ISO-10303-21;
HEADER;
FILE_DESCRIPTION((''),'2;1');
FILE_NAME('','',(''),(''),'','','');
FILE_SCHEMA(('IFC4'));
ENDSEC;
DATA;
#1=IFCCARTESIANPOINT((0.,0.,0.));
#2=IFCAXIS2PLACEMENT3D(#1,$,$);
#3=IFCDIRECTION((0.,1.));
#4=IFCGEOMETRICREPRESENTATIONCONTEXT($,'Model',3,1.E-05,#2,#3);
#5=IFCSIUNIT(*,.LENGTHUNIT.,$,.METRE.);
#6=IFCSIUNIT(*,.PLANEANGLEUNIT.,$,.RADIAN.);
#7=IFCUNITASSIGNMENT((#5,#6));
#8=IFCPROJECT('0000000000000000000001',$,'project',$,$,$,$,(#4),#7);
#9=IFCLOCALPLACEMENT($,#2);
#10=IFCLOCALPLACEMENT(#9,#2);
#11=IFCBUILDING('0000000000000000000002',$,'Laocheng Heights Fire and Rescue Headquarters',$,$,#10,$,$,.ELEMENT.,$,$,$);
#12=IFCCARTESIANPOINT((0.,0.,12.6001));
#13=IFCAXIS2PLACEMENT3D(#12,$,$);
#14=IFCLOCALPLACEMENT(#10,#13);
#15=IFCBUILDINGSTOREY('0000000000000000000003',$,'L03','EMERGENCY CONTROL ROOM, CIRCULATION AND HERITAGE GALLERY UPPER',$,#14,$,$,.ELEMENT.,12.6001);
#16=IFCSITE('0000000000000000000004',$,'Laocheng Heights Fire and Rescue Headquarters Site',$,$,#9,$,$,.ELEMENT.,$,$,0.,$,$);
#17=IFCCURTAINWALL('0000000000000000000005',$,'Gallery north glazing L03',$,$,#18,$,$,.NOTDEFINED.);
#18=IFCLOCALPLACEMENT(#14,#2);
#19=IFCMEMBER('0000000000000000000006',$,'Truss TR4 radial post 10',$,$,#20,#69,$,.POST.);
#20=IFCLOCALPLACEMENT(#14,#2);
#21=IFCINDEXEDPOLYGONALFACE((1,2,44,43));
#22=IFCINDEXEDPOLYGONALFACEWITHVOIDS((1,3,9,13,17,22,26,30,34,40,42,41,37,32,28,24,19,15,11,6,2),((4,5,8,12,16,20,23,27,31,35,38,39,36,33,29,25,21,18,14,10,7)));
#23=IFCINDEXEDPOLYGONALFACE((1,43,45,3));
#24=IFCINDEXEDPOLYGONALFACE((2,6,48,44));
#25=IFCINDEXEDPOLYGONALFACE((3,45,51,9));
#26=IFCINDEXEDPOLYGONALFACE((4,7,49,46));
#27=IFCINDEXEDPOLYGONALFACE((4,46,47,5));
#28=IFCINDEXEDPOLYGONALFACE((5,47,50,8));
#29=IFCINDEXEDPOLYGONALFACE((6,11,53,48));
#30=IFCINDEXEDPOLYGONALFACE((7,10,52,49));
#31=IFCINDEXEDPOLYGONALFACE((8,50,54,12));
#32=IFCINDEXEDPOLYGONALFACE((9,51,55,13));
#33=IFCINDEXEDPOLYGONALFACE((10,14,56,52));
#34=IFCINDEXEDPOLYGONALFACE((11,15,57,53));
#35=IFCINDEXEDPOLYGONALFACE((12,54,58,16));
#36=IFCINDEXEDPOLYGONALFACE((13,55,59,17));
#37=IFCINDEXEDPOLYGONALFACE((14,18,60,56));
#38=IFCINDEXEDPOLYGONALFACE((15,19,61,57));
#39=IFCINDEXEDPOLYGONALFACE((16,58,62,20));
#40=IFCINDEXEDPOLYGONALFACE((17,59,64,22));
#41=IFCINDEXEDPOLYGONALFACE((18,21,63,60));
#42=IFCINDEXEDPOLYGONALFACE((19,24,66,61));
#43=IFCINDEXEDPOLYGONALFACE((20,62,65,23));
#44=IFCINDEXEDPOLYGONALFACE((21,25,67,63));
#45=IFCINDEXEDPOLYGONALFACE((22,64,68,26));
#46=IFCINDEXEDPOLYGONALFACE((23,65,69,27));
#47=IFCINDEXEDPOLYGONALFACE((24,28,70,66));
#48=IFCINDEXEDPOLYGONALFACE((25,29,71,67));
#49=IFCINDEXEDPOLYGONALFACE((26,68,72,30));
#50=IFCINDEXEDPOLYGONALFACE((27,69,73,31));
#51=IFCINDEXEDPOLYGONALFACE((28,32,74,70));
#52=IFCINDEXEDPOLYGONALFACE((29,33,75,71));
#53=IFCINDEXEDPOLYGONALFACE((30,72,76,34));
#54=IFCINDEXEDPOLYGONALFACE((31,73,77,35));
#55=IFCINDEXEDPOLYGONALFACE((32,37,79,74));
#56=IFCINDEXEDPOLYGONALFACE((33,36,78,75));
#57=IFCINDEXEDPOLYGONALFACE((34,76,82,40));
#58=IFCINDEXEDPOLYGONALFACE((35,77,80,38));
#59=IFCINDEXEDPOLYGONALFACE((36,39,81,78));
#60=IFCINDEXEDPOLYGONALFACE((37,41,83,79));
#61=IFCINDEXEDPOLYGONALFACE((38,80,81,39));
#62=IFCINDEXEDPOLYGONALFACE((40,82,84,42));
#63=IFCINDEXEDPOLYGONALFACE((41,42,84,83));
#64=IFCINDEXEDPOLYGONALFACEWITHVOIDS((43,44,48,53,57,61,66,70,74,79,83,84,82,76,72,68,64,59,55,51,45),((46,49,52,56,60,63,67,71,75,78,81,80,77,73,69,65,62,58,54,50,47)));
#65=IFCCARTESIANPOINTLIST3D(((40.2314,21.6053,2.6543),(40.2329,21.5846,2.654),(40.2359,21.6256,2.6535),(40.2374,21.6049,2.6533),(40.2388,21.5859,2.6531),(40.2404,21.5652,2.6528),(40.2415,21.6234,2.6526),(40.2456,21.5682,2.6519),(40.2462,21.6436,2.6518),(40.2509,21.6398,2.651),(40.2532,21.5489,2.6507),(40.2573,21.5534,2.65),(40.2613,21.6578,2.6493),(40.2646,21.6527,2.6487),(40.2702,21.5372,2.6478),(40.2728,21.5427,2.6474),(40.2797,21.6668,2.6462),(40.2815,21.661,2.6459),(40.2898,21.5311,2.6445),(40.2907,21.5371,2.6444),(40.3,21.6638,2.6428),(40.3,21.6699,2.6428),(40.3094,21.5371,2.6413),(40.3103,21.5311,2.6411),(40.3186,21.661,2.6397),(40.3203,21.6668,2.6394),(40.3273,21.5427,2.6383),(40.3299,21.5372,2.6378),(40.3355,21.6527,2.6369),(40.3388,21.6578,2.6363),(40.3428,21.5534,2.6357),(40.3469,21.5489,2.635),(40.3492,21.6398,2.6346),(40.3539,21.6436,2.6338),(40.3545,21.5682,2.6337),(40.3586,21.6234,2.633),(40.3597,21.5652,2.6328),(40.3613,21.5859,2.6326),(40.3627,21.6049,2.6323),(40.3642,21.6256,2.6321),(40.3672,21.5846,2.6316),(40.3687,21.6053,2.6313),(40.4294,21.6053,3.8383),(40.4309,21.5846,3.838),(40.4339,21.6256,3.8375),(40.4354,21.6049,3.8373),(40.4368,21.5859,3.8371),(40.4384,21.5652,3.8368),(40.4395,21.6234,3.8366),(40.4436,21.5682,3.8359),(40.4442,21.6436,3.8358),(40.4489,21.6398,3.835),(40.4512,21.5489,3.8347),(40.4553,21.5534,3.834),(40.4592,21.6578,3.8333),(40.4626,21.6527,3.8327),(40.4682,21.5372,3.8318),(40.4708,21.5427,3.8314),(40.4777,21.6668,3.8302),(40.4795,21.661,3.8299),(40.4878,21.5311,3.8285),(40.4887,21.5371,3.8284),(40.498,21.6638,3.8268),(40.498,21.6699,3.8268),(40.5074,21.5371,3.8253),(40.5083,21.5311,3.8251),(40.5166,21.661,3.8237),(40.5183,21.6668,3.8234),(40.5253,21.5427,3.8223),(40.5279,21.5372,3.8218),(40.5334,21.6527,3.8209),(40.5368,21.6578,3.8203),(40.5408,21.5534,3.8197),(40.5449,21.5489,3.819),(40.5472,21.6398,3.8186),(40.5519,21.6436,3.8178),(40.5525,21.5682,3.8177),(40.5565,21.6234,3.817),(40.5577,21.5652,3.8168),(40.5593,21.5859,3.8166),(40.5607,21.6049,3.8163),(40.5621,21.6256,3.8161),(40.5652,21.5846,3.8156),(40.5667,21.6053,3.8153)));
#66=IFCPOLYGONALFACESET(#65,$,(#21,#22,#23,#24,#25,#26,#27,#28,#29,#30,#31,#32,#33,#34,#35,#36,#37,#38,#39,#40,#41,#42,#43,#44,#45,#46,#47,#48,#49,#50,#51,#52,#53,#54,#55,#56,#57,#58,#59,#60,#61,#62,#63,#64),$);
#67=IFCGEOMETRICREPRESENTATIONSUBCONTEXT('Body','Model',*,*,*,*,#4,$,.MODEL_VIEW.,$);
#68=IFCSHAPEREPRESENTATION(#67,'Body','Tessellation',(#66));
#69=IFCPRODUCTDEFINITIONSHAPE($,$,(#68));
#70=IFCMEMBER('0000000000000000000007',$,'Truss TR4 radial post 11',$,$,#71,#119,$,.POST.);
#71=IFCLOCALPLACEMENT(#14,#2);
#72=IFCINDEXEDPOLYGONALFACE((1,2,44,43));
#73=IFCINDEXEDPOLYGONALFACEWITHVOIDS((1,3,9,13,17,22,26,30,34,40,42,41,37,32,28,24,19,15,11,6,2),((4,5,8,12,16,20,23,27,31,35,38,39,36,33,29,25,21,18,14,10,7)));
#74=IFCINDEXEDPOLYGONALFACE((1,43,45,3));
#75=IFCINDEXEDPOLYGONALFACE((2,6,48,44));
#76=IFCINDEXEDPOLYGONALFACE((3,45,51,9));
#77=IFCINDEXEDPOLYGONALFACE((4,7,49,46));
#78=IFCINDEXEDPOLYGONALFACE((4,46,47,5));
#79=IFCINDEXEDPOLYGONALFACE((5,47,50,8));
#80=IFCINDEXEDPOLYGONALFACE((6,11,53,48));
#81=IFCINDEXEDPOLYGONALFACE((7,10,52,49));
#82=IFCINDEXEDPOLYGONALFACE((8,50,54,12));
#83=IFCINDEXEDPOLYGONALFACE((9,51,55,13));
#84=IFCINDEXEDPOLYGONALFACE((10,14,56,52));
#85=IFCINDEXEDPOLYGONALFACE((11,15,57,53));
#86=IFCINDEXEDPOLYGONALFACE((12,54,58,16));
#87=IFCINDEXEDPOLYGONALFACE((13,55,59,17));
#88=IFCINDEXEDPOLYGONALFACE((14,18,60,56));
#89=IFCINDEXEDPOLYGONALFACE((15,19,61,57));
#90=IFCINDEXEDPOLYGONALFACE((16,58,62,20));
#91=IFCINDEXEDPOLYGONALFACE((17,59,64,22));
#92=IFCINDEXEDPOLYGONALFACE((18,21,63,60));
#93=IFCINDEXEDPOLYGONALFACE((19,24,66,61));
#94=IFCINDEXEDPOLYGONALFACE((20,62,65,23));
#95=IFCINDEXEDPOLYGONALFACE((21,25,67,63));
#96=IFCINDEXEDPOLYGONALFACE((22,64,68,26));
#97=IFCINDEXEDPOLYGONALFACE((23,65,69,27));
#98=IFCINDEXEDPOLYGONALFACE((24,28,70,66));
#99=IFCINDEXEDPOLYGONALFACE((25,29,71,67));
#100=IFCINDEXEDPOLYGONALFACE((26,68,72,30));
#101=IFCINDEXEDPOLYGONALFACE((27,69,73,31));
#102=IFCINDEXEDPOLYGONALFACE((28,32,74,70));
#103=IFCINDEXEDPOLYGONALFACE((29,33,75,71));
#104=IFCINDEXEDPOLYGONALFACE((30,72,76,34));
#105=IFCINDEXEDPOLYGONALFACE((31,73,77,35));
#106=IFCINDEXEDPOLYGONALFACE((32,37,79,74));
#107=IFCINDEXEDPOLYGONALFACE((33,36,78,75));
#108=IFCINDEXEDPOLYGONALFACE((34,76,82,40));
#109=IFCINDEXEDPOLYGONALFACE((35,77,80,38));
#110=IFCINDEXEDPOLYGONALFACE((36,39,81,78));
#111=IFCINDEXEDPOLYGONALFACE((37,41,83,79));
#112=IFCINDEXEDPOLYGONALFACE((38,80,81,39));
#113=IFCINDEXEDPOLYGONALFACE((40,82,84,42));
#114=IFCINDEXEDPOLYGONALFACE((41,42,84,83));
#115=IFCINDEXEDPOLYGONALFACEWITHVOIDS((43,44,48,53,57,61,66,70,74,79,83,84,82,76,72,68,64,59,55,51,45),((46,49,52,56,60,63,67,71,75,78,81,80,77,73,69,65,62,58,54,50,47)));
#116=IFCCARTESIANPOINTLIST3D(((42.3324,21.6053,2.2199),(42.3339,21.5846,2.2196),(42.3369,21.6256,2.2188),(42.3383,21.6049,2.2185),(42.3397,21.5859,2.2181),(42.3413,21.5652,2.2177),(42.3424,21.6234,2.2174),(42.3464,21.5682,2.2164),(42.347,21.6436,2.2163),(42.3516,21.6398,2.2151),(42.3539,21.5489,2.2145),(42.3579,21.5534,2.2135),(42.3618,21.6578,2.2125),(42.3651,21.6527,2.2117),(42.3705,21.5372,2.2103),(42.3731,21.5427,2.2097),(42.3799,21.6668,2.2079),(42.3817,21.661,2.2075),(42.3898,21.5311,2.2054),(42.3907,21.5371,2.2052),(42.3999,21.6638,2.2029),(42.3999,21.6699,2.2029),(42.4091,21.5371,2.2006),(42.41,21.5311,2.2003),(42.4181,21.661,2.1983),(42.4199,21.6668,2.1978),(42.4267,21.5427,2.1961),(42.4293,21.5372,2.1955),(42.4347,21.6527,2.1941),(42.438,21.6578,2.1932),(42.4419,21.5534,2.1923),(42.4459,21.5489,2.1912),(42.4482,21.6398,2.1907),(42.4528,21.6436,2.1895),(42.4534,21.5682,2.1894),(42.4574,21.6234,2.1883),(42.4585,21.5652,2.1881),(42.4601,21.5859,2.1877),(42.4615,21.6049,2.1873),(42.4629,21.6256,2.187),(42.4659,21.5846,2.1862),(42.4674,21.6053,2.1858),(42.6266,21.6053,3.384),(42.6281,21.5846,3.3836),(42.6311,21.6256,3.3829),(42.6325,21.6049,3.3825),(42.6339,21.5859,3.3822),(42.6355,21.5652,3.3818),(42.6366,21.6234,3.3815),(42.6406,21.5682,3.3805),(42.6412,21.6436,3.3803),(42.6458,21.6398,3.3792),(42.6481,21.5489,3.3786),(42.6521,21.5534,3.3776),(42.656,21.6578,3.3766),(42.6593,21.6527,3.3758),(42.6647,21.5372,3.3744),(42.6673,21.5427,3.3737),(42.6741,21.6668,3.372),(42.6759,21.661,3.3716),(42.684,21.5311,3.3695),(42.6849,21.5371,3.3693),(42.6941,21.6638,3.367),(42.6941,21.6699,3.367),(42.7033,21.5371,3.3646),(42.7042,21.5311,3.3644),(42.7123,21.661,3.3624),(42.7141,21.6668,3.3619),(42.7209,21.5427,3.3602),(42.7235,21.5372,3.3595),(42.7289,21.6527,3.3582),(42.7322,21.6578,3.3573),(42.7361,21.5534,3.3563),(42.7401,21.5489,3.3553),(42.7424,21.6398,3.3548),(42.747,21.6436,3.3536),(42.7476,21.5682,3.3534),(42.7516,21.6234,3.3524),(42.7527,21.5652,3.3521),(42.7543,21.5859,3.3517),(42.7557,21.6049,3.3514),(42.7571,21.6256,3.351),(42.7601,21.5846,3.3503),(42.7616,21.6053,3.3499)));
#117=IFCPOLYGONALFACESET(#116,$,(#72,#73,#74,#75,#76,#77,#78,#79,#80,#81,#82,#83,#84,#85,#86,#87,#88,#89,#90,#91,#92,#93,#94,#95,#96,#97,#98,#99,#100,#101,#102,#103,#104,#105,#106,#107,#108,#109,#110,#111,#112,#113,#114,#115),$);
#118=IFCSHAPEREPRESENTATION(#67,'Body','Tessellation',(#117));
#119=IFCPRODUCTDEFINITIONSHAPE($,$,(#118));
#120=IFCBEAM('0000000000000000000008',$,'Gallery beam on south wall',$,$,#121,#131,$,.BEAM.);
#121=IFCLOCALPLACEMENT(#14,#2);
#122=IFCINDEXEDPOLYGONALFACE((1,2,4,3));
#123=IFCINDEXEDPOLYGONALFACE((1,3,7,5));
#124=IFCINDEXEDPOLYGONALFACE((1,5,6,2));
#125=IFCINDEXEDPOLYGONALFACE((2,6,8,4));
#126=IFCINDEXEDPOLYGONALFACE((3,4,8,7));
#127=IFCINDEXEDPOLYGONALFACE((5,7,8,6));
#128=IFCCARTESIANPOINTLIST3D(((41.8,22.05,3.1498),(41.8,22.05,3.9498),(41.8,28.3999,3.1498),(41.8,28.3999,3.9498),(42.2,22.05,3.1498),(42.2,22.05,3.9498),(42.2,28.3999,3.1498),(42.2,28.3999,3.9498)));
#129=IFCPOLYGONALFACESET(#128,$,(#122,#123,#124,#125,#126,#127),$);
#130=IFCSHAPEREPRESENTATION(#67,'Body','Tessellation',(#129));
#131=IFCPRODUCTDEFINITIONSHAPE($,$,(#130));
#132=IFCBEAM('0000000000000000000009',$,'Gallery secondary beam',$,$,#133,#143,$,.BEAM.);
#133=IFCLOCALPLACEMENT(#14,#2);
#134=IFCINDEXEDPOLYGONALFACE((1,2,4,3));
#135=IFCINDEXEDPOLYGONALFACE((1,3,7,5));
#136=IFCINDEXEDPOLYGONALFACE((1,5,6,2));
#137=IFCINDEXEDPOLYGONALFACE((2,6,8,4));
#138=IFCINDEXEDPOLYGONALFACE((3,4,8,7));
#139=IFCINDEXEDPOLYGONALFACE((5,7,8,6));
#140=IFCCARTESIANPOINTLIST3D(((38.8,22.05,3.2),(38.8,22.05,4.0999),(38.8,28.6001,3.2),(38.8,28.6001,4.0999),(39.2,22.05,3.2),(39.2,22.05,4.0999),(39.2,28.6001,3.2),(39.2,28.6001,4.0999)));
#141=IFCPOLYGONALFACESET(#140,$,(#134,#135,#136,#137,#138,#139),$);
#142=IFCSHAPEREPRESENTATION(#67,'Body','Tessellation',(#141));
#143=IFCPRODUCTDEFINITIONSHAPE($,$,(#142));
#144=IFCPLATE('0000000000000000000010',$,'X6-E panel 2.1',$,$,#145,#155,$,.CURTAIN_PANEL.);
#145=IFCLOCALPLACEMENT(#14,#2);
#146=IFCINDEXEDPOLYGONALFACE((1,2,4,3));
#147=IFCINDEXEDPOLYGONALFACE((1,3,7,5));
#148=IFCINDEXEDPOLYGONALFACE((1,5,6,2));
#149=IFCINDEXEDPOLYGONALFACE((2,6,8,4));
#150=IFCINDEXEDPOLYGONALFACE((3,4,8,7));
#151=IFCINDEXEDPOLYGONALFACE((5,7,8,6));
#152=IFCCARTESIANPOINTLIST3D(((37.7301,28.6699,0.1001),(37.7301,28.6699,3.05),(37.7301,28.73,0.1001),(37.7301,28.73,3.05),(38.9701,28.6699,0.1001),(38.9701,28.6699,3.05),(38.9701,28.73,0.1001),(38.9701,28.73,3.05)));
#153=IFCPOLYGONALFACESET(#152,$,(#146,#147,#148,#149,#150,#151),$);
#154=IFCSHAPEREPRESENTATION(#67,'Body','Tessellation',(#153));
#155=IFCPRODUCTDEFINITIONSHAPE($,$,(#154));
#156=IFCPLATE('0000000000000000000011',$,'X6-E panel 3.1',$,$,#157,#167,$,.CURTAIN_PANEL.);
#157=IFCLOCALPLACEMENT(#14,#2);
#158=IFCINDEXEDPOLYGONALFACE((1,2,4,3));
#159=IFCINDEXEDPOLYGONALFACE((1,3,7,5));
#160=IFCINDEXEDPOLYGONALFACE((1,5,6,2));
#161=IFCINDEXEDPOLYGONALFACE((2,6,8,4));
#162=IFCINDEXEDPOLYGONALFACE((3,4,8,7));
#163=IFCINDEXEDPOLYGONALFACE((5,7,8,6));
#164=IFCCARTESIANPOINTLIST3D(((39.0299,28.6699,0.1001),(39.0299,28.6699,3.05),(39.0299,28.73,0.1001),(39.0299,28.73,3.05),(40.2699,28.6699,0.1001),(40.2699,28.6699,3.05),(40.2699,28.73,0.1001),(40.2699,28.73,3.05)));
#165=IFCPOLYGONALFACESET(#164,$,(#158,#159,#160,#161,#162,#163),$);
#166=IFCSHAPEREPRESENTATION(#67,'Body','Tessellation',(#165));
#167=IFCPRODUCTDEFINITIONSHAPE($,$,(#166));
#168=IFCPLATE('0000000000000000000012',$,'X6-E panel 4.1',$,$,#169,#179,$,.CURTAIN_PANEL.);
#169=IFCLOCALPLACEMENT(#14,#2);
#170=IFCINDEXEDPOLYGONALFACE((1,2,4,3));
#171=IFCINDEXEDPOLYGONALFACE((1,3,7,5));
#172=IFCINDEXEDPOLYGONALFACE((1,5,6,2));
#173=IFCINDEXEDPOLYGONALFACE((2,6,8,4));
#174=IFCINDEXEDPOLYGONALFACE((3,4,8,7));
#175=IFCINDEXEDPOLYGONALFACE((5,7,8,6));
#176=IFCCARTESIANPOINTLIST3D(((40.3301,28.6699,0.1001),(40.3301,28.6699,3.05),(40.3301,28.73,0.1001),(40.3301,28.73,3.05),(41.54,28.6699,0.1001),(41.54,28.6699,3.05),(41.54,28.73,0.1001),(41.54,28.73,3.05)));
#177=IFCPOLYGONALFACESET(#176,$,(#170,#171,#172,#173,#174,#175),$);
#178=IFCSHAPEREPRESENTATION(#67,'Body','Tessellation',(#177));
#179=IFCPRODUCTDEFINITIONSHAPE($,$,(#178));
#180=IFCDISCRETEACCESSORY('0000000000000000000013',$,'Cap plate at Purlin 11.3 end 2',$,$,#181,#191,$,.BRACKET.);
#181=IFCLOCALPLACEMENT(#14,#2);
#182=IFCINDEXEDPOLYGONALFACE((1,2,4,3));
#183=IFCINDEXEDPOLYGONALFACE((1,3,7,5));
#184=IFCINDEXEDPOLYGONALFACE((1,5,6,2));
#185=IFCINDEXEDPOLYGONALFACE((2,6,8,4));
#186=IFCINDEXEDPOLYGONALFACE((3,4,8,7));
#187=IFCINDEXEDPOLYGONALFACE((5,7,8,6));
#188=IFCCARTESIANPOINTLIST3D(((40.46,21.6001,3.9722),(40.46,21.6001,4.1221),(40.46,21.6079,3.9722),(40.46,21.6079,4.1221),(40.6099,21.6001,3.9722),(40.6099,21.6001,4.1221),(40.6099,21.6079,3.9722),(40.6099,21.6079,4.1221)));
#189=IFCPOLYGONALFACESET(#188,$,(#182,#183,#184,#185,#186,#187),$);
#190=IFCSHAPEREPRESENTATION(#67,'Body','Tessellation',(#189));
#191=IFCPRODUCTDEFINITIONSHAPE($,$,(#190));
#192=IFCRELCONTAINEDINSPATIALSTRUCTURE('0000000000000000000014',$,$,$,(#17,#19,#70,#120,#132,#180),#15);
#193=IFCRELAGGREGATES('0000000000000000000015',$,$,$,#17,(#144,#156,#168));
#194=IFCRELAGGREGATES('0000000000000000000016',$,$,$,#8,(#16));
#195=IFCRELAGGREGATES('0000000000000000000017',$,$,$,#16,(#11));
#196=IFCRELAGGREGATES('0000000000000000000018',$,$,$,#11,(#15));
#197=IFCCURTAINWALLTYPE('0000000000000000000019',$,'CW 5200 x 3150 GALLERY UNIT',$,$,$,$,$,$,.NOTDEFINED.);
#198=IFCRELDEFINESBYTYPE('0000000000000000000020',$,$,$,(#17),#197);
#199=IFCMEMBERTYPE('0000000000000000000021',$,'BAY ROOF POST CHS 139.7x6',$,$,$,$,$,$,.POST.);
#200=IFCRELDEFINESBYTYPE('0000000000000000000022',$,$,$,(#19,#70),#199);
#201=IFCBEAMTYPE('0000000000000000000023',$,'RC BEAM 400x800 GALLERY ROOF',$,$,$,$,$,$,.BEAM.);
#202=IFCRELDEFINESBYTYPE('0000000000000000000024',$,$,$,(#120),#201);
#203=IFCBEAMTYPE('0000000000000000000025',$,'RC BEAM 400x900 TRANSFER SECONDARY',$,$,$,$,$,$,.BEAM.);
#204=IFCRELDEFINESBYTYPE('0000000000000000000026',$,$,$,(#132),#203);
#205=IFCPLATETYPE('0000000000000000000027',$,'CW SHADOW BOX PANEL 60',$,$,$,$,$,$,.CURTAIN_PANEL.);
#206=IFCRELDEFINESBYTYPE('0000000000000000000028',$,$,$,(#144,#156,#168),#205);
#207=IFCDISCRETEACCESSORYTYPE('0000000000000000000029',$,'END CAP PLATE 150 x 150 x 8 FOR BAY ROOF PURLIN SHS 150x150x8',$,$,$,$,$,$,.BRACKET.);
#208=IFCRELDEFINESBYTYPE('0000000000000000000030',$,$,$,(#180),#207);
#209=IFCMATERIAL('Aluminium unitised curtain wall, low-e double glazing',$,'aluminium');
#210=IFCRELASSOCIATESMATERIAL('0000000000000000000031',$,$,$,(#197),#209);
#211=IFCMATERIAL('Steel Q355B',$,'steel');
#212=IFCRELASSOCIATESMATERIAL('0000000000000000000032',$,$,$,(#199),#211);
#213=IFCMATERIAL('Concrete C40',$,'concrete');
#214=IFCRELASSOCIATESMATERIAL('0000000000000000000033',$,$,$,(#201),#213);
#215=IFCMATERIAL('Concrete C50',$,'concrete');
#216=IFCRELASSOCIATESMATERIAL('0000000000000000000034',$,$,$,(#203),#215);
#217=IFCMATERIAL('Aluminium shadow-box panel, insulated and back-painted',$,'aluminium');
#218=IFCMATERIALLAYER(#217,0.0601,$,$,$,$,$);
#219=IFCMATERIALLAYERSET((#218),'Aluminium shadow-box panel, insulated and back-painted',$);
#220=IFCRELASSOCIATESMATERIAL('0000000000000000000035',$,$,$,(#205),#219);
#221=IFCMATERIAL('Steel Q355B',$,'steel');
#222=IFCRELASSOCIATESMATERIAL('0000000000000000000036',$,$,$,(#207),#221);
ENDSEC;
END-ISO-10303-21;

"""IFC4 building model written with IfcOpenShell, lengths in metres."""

from ifc_helpers import new_model, si_unit, direction, frame, origin, origin_2d, place, context, subcontext, project, spatial, rectangle, hollow_circle, extrude, material, layer, layer_set, material_profile, profile_set, type_object, element, aggregate, save


model = new_model("IFC4")

# Units and contexts
model_context = context("Model", 3, precision=1e-05, world=origin(), true_north=direction((0.0, 1.0)))
body_context = subcontext(model_context, "Body", "Model", "MODEL_VIEW")
ifc_project = project(units=[si_unit("LENGTHUNIT", "METRE"), si_unit("PLANEANGLEUNIT", "RADIAN")], contexts=[model_context])

# Site, building, storey
site_placement = place(None, origin())
site = spatial("IfcSite", under=ifc_project, at=site_placement, Name="Laocheng Heights Fire and Rescue Headquarters Site", CompositionType="ELEMENT", RefElevation=0.0)
building_placement = place(site_placement, origin())
building = spatial("IfcBuilding", under=site, at=building_placement, Name="Laocheng Heights Fire and Rescue Headquarters", CompositionType="ELEMENT")
storey_placement = place(building_placement, frame((0.0, 0.0, 12.6001)))
storey = spatial("IfcBuildingStorey", under=building, at=storey_placement, Name="L03", Description="EMERGENCY CONTROL ROOM, CIRCULATION AND HERITAGE GALLERY UPPER", CompositionType="ELEMENT", Elevation=12.6001)

# Curtain wall
ifc_material_1 = material(Name="Aluminium unitised curtain wall, low-e double glazing", Category="aluminium")
curtain_wall_type = type_object("IfcCurtainWallType", Name="CW 5200 x 3150 GALLERY UNIT", PredefinedType="NOTDEFINED", material=ifc_material_1)
curtain_wall_1_placement = place(storey_placement, origin())
curtain_wall_1 = element("IfcCurtainWall", 1, at=curtain_wall_1_placement, inside=storey, type_object=curtain_wall_type, Name="Gallery north glazing L03", PredefinedType="NOTDEFINED")

# Members
ifc_material_2 = material(Name="Steel Q355B", Category="steel")
ifc_material_profile_1 = material_profile(ifc_material_2, hollow_circle(Radius=0.0698, WallThickness=0.0061, at=origin_2d()), Name="CHS 139.7x6")
ifc_profile_set_1 = profile_set([ifc_material_profile_1], Name="Steel Q355B")
member_type_1 = type_object("IfcMemberType", Name="BAY ROOF POST CHS 139.7x6", PredefinedType="POST", material=ifc_profile_set_1)
member_1_placement = place(storey_placement, frame((40.3, 21.6001, 2.6428), z_axis=(0.164927, 0.0, 0.986306), x_axis=(0.0, 1.0, 0.0)))
element("IfcMember", 2, at=member_1_placement, inside=storey, type_object=member_type_1, Name="Truss TR4 radial post 10", PredefinedType="POST", context=body_context, shape_type="SweptSolid", body=[
    extrude(hollow_circle(Radius=0.0698, WallThickness=0.0061, at=origin_2d()), origin(), (0.0, 0.0, 1.0), 1.2004),
])
member_2_placement = place(storey_placement, frame((42.3999, 21.6001, 2.2029), z_axis=(0.245023, 0.0, 0.969517), x_axis=(0.0, 1.0, 0.0)))
element("IfcMember", 3, at=member_2_placement, inside=storey, type_object=member_type_1, Name="Truss TR4 radial post 11", PredefinedType="POST", context=body_context, shape_type="SweptSolid", body=[
    extrude(hollow_circle(Radius=0.0698, WallThickness=0.0061, at=origin_2d()), origin(), (0.0, 0.0, 1.0), 1.2007),
])

# Beams
ifc_material_3 = material(Name="Concrete C40", Category="concrete")
ifc_material_profile_2 = material_profile(ifc_material_3, rectangle(XDim=0.3999, YDim=0.8, at=origin_2d()), Name="RC BEAM 400x800 GALLERY ROOF")
ifc_profile_set_2 = profile_set([ifc_material_profile_2], Name="Concrete C40")
beam_type_1 = type_object("IfcBeamType", Name="RC BEAM 400x800 GALLERY ROOF", PredefinedType="BEAM", material=ifc_profile_set_2)
beam_1_placement = place(storey_placement, frame((42.0, 22.05, 3.5498), z_axis=(0.0, 1.0, 0.0), x_axis=(-1.0, 0.0, 0.0)))
element("IfcBeam", 4, at=beam_1_placement, inside=storey, type_object=beam_type_1, Name="Gallery beam on south wall", PredefinedType="BEAM", context=body_context, shape_type="SweptSolid", body=[
    extrude(rectangle(XDim=0.3999, YDim=0.8, at=origin_2d()), origin(), (0.0, 0.0, 1.0), 6.3499),
])
ifc_material_4 = material(Name="Concrete C50", Category="concrete")
ifc_material_profile_3 = material_profile(ifc_material_4, rectangle(XDim=0.3999, YDim=0.8999, at=origin_2d()), Name="RC BEAM 400x900 TRANSFER SECONDARY")
ifc_profile_set_3 = profile_set([ifc_material_profile_3], Name="Concrete C50")
beam_type_2 = type_object("IfcBeamType", Name="RC BEAM 400x900 TRANSFER SECONDARY", PredefinedType="BEAM", material=ifc_profile_set_3)
beam_2_placement = place(storey_placement, frame((39.0, 22.05, 3.6499), z_axis=(0.0, 1.0, 0.0), x_axis=(-1.0, 0.0, 0.0)))
element("IfcBeam", 5, at=beam_2_placement, inside=storey, type_object=beam_type_2, Name="Gallery secondary beam", PredefinedType="BEAM", context=body_context, shape_type="SweptSolid", body=[
    extrude(rectangle(XDim=0.3999, YDim=0.8999, at=origin_2d()), origin(), (0.0, 0.0, 1.0), 6.55),
])

# Plates
ifc_material_5 = material(Name="Aluminium shadow-box panel, insulated and back-painted", Category="aluminium")
ifc_layer = layer(ifc_material_5, 0.0601)
ifc_layer_set = layer_set([ifc_layer], Name="Aluminium shadow-box panel, insulated and back-painted")
plate_type = type_object("IfcPlateType", Name="CW SHADOW BOX PANEL 60", PredefinedType="CURTAIN_PANEL", material=ifc_layer_set)
plate_1_placement = place(storey_placement, frame((38.3501, 28.7, 0.1001), z_axis=(0.0, 0.0, 1.0), x_axis=(1.0, 0.0, 0.0)))
plate_1 = element("IfcPlate", 6, at=plate_1_placement, type_object=plate_type, Name="X6-E panel 2.1", PredefinedType="CURTAIN_PANEL", context=body_context, shape_type="SweptSolid", body=[
    extrude(rectangle(XDim=1.24, YDim=0.0601, at=origin_2d()), origin(), (0.0, 0.0, 1.0), 2.95),
])
plate_2_placement = place(storey_placement, frame((39.6499, 28.7, 0.1001), z_axis=(0.0, 0.0, 1.0), x_axis=(1.0, 0.0, 0.0)))
plate_2 = element("IfcPlate", 7, at=plate_2_placement, type_object=plate_type, Name="X6-E panel 3.1", PredefinedType="CURTAIN_PANEL", context=body_context, shape_type="SweptSolid", body=[
    extrude(rectangle(XDim=1.24, YDim=0.0601, at=origin_2d()), origin(), (0.0, 0.0, 1.0), 2.95),
])
plate_3_placement = place(storey_placement, frame((40.9351, 28.7, 0.1001), z_axis=(0.0, 0.0, 1.0), x_axis=(1.0, 0.0, 0.0)))
plate_3 = element("IfcPlate", 8, at=plate_3_placement, type_object=plate_type, Name="X6-E panel 4.1", PredefinedType="CURTAIN_PANEL", context=body_context, shape_type="SweptSolid", body=[
    extrude(rectangle(XDim=1.21, YDim=0.0601, at=origin_2d()), origin(), (0.0, 0.0, 1.0), 2.95),
])
aggregate(curtain_wall_1, [plate_1, plate_2, plate_3])

# Discrete accessory
ifc_material_6 = material(Name="Steel Q355B", Category="steel")
ifc_material_profile_4 = material_profile(ifc_material_6, rectangle(XDim=0.1499, YDim=0.1499, at=origin_2d()), Name="END CAP PLATE 150 x 150 x 8 FOR BAY ROOF PURLIN SHS 150x150x8")
ifc_profile_set_4 = profile_set([ifc_material_profile_4], Name="Steel Q355B")
discrete_accessory_type_1 = type_object("IfcDiscreteAccessoryType", Name="END CAP PLATE 150 x 150 x 8 FOR BAY ROOF PURLIN SHS 150x150x8", PredefinedType="BRACKET", material=ifc_profile_set_4)
for number, where, z_axis, x_axis, name in (
    (9, (40.5349, 21.6001, 4.0471), (0.0, 1.0, 0.0), (-1.0, 0.0, 0.0), "Cap plate at Purlin 11.3 end 2"),
):
    element("IfcDiscreteAccessory", number, at=place(storey_placement, frame(where, z_axis=z_axis, x_axis=x_axis)), inside=storey, type_object=discrete_accessory_type_1, Name=name, PredefinedType="BRACKET", context=body_context, shape_type="SweptSolid", body=[
        extrude(rectangle(XDim=0.1499, YDim=0.1499, at=origin_2d()), origin(), (0.0, 0.0, 1.0), 0.0078),
    ])

save(model, "model.ifc")
